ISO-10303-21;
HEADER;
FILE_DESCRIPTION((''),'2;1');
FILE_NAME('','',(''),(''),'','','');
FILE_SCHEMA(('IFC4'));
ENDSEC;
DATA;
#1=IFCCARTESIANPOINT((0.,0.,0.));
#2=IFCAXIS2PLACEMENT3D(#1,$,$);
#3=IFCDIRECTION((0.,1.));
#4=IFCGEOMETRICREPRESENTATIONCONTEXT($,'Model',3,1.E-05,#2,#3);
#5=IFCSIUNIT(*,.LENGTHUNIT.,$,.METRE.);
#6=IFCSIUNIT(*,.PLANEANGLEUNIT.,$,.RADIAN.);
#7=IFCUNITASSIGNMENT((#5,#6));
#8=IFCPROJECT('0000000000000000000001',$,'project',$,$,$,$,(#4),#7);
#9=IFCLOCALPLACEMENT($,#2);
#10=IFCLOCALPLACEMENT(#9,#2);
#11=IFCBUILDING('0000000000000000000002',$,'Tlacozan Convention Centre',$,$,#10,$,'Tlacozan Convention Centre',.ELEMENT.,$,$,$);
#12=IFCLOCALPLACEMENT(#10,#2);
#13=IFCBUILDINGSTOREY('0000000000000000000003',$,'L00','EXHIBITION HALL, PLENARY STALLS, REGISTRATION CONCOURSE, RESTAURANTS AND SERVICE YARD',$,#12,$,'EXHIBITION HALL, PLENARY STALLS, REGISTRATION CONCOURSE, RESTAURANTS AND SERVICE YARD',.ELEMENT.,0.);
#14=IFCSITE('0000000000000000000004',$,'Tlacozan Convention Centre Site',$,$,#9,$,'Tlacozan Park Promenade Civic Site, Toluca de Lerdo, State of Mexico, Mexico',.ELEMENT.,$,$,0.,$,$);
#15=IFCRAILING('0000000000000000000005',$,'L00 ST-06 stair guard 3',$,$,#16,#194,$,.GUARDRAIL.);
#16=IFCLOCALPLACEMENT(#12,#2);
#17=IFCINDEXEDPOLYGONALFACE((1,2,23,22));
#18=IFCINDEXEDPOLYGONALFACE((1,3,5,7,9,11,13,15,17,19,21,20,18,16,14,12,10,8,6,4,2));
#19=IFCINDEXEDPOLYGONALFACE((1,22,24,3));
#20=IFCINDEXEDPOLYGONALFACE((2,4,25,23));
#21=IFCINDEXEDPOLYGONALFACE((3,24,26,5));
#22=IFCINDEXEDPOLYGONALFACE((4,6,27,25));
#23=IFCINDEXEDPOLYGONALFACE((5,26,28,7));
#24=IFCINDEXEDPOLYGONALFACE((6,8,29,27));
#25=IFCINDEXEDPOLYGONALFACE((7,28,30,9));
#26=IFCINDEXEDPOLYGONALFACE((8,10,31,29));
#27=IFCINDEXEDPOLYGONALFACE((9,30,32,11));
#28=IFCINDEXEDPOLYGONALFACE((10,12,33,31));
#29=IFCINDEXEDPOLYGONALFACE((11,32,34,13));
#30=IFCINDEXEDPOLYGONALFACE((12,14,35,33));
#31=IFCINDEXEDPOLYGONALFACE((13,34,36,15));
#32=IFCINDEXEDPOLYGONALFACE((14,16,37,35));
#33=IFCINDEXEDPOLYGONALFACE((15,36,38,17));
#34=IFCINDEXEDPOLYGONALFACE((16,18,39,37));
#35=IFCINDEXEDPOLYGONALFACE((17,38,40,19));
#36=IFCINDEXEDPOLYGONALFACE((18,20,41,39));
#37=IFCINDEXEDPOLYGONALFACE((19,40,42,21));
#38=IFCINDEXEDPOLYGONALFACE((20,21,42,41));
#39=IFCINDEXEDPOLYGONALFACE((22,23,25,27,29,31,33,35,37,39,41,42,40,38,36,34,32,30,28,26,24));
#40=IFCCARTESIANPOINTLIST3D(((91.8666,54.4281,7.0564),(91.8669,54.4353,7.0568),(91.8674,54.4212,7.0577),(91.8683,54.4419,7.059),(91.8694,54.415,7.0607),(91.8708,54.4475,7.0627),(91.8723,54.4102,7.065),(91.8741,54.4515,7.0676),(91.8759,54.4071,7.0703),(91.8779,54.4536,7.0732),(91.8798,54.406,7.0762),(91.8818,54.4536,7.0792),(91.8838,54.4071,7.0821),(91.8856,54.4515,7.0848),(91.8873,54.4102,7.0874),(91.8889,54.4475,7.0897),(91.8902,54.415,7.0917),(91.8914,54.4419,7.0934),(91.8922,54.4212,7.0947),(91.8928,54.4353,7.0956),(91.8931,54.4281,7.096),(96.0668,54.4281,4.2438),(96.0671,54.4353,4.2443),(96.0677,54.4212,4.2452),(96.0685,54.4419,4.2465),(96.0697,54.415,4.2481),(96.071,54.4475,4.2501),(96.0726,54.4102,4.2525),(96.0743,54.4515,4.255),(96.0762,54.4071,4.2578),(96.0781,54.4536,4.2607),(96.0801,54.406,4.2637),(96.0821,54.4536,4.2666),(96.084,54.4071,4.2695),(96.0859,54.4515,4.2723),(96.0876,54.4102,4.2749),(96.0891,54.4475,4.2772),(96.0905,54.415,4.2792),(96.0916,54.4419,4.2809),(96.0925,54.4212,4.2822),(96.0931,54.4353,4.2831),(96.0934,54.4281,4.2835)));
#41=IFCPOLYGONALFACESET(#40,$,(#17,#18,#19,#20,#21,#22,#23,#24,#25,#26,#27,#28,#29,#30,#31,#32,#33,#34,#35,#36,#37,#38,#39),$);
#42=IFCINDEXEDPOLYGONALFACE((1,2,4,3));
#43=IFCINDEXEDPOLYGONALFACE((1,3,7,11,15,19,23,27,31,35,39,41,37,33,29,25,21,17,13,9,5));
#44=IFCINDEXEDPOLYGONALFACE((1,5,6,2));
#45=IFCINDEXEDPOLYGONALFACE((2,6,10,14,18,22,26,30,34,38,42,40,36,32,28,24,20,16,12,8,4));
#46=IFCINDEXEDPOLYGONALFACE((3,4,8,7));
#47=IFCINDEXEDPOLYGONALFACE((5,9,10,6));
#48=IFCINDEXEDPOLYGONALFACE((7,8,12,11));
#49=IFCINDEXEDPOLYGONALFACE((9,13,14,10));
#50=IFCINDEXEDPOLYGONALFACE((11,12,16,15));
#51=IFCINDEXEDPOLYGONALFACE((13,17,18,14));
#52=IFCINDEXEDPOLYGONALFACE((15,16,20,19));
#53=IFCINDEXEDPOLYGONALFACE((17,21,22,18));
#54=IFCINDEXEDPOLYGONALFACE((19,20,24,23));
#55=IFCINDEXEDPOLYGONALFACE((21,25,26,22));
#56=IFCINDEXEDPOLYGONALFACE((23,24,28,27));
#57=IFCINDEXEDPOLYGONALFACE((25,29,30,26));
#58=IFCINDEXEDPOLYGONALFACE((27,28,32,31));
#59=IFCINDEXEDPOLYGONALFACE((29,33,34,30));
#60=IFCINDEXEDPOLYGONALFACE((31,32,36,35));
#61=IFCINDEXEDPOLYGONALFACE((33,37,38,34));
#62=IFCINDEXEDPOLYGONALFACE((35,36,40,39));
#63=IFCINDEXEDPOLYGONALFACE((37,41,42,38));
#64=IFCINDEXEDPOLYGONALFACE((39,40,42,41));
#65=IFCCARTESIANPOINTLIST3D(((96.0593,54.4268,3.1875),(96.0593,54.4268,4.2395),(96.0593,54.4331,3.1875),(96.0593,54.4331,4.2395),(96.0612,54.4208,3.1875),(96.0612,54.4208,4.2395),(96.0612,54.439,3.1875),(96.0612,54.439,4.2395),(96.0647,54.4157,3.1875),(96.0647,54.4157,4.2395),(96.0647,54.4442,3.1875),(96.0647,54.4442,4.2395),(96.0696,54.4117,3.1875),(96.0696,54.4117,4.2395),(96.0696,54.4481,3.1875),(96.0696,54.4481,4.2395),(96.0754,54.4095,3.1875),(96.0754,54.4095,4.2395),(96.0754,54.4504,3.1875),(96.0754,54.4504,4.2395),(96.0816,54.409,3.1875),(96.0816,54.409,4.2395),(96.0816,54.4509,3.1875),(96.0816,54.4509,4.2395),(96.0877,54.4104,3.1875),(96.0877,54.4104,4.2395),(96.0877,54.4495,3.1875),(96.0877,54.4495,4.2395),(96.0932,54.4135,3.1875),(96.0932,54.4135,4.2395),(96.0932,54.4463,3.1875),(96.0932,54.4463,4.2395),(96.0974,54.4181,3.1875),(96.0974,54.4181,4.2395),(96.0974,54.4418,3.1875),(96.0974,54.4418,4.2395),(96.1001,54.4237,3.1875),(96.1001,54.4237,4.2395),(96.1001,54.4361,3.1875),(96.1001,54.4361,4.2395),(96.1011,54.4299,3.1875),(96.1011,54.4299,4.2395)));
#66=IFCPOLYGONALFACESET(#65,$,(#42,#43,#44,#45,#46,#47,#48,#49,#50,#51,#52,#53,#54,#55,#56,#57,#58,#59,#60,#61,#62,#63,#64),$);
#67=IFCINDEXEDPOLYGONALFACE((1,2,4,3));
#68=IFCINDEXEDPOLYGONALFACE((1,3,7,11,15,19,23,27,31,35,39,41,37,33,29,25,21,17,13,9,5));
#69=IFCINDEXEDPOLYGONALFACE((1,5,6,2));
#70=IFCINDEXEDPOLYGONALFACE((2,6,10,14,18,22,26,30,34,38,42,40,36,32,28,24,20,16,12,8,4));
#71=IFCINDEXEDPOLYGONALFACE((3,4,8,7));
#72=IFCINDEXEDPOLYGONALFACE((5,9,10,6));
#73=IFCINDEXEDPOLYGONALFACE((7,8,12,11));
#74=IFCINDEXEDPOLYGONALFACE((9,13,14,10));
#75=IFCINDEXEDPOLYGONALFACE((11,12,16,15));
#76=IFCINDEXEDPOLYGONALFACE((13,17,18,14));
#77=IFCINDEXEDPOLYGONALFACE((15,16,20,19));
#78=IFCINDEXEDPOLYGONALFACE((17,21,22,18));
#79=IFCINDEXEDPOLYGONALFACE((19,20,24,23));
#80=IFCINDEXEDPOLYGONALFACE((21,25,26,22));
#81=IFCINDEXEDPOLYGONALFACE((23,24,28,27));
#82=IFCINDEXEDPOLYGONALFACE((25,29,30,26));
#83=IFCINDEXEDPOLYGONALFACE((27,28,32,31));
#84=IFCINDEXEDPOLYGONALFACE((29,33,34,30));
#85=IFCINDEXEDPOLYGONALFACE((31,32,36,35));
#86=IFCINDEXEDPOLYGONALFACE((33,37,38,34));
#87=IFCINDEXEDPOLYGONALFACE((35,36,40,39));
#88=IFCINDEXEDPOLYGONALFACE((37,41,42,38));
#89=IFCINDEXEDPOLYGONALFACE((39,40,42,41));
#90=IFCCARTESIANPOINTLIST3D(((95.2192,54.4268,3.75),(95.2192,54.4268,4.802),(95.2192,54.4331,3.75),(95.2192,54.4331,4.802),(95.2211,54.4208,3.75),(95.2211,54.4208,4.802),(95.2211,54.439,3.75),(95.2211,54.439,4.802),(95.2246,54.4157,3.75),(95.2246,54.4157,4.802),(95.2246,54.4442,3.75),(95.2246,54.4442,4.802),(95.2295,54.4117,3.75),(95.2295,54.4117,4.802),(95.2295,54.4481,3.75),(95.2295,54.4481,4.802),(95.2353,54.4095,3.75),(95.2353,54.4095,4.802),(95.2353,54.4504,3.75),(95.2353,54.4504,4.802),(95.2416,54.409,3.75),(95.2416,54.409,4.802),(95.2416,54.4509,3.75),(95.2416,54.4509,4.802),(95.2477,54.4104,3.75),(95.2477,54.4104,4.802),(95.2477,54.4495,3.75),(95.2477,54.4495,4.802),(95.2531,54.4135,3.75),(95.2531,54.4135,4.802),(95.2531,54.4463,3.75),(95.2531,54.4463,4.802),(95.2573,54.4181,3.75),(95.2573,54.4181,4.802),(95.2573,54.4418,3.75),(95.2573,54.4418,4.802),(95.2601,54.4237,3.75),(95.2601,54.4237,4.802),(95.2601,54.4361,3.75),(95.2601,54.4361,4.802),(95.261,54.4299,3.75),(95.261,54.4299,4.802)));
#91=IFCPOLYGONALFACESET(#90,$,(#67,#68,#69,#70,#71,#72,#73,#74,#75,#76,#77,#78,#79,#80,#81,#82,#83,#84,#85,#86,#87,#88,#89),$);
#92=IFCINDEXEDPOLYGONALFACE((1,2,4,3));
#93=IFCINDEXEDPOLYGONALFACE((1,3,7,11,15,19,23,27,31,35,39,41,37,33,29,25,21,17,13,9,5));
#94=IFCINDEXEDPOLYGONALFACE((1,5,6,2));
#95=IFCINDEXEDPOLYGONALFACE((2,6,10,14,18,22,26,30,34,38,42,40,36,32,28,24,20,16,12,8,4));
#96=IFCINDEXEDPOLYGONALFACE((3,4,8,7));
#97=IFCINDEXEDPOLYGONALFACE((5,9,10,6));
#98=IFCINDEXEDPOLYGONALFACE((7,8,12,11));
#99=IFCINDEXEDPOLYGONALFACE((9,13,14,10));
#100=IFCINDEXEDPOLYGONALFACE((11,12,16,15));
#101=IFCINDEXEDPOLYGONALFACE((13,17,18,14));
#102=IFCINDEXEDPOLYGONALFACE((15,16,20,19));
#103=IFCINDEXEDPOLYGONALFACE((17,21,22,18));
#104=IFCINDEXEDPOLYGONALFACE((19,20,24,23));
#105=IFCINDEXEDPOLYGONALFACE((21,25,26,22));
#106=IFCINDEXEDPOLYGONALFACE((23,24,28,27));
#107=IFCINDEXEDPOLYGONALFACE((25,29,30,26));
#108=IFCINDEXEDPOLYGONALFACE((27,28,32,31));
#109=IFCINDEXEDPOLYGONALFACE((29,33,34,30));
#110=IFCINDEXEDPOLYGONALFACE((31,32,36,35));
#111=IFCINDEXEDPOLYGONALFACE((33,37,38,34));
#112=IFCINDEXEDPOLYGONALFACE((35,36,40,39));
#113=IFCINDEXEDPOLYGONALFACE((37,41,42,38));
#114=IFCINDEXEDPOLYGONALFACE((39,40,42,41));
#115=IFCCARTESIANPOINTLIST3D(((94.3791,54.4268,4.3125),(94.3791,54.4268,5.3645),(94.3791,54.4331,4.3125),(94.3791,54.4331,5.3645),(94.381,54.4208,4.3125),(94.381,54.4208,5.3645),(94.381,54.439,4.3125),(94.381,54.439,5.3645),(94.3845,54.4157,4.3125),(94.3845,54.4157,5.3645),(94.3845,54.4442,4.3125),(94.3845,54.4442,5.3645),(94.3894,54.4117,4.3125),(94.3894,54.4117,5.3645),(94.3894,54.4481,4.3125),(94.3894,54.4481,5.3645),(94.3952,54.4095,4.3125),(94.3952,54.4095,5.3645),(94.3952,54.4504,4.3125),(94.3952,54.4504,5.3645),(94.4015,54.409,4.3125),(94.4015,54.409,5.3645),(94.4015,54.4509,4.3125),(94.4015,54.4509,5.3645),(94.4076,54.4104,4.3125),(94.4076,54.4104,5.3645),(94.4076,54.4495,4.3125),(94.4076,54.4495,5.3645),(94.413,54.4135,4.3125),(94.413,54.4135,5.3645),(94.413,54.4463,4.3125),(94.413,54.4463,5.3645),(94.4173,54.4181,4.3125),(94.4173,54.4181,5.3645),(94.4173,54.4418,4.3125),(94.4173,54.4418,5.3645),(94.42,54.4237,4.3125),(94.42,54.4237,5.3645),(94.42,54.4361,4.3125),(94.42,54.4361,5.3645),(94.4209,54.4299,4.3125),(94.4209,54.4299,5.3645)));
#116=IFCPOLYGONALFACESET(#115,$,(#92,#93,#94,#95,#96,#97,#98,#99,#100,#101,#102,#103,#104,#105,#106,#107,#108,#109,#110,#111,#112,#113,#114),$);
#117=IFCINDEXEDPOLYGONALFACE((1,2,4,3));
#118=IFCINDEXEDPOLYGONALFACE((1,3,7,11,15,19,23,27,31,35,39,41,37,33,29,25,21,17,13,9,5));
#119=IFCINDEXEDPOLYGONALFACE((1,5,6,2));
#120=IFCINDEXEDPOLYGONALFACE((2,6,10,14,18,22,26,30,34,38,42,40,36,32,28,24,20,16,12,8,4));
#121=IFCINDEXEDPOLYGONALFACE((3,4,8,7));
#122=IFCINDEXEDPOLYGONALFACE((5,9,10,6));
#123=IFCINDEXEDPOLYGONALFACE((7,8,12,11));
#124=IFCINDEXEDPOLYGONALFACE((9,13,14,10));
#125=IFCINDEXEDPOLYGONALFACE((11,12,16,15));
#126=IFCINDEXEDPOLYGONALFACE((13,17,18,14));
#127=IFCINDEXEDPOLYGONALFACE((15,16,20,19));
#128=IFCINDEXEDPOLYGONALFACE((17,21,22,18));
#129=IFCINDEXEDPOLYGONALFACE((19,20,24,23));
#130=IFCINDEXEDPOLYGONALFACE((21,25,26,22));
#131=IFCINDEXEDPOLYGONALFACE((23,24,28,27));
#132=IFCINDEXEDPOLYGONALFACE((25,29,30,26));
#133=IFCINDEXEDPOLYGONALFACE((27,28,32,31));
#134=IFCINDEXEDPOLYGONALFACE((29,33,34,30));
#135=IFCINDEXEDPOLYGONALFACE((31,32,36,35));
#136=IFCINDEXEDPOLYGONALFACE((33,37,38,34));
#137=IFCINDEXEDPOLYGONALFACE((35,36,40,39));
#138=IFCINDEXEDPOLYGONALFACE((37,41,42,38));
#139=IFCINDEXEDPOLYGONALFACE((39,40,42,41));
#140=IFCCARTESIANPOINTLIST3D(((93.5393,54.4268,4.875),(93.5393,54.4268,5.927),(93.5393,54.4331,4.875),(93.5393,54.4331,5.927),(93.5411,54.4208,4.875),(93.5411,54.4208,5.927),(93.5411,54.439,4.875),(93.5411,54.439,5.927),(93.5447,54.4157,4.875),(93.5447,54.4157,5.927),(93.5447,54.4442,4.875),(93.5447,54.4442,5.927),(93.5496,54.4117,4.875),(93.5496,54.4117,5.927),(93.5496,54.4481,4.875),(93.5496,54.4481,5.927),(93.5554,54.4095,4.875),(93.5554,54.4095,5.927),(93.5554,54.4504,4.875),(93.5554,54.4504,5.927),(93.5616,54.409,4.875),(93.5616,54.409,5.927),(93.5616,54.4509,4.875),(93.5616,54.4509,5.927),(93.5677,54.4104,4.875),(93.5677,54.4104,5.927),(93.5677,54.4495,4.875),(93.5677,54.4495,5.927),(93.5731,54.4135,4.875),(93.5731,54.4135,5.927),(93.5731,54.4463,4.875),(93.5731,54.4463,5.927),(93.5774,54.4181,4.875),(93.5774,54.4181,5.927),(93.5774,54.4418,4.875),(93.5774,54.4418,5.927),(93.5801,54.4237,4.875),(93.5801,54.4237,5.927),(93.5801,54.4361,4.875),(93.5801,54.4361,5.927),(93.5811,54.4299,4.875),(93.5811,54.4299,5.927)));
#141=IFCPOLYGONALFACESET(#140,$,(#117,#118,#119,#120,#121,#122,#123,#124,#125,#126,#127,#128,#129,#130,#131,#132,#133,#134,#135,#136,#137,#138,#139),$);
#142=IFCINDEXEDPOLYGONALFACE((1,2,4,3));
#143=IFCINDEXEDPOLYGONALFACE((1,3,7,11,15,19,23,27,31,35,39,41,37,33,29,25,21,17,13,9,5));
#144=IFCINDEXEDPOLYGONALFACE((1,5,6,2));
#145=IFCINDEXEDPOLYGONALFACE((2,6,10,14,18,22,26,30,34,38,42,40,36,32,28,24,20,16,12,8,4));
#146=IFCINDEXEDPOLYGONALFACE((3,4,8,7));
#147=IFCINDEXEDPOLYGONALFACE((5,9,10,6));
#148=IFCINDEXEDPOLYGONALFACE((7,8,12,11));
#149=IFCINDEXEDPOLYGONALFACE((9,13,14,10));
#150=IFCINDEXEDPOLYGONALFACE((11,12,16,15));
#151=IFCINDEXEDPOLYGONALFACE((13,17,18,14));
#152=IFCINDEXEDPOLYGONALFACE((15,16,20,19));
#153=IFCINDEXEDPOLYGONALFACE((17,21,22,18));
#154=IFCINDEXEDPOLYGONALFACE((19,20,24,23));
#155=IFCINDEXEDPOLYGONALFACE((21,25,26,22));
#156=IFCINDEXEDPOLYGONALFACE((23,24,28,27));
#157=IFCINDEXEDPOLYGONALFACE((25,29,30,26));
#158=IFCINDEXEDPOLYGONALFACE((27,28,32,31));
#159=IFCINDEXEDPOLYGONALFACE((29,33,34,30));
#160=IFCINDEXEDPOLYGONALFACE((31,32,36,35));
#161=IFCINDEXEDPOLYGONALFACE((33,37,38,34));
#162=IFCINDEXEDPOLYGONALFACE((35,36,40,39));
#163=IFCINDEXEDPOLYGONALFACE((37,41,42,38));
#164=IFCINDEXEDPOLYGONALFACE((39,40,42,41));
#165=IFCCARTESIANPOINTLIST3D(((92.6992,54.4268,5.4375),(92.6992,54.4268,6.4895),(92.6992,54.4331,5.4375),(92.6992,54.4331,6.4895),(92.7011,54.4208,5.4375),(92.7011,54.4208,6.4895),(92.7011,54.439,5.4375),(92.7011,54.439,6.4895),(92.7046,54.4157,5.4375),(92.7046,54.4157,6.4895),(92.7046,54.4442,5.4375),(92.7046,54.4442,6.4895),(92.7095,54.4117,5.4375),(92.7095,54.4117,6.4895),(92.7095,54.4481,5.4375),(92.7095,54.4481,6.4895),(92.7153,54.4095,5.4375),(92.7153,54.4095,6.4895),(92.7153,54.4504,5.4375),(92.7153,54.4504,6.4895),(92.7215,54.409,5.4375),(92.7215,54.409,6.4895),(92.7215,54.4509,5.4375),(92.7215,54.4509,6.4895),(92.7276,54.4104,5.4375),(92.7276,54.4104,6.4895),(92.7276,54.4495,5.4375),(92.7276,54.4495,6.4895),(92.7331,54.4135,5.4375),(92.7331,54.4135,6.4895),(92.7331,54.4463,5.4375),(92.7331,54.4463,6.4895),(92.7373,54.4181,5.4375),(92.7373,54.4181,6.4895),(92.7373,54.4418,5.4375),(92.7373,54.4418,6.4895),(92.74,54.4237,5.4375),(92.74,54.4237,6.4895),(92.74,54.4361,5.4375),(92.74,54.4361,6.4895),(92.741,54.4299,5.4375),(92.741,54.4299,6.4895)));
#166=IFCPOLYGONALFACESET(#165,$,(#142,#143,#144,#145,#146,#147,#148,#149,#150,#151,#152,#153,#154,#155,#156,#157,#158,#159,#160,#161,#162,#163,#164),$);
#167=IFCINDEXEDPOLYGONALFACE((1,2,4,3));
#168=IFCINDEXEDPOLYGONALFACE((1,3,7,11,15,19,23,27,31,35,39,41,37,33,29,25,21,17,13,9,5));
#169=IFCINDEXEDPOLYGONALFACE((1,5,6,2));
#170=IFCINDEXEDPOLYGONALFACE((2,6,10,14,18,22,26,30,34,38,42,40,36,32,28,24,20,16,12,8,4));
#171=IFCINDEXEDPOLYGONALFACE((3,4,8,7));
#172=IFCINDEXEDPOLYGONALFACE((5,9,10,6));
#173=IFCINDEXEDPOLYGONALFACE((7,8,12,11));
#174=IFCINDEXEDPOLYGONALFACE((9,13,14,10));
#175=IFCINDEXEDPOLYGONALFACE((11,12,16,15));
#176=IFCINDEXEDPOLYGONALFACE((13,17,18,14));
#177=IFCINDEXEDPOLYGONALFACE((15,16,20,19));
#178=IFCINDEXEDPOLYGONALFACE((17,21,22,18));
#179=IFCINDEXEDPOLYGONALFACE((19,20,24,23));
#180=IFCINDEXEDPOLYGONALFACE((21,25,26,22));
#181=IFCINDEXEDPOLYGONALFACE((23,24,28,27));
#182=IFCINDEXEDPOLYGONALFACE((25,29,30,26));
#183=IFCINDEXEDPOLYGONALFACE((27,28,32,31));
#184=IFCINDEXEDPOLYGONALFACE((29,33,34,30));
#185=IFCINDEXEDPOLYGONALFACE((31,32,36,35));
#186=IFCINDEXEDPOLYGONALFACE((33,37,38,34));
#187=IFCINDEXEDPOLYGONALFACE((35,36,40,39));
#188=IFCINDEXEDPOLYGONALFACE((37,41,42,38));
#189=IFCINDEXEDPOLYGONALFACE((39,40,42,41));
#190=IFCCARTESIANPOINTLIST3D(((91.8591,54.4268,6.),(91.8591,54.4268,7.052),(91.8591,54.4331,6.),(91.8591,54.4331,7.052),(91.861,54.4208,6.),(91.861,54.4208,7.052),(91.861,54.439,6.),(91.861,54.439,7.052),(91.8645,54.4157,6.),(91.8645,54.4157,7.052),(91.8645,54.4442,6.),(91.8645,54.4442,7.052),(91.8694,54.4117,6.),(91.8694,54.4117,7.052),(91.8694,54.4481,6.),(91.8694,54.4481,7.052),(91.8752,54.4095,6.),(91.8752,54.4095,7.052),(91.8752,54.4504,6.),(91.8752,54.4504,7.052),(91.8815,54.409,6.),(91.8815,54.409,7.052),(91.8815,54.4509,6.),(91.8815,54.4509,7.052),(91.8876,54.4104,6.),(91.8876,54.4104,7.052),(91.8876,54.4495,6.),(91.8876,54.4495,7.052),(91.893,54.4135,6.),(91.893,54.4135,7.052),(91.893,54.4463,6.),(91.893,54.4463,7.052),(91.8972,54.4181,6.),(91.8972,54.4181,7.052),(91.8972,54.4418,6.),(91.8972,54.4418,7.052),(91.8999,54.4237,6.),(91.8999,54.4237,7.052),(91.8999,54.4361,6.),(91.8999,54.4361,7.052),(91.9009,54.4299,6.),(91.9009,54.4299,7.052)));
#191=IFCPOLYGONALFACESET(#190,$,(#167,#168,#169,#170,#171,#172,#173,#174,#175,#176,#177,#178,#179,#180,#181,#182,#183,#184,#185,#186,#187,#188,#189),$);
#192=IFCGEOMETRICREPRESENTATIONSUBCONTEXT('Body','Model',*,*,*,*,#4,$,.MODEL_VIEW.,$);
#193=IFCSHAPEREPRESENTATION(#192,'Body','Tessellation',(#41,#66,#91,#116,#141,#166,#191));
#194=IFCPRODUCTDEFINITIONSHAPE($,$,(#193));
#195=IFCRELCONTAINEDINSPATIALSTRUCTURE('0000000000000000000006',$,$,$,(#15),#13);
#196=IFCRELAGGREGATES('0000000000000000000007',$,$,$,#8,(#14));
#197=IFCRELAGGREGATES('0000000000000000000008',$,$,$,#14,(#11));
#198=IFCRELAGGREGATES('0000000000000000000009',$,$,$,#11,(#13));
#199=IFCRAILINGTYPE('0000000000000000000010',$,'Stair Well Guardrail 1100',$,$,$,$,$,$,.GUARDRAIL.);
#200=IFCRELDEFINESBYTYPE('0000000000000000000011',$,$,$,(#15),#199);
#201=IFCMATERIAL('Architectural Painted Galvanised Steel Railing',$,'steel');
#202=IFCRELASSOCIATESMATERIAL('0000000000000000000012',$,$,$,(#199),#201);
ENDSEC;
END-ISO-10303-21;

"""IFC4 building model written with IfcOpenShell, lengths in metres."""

from ifc_helpers import new_model, si_unit, direction, frame, origin, origin_2d, place, context, subcontext, project, spatial, circle, extrude, material, type_object, element, save


model = new_model("IFC4")

# Units and contexts
model_context = context("Model", 3, precision=1e-05, world=origin(), true_north=direction((0.0, 1.0)))
body_context = subcontext(model_context, "Body", "Model", "MODEL_VIEW")
ifc_project = project(units=[si_unit("LENGTHUNIT", "METRE"), si_unit("PLANEANGLEUNIT", "RADIAN")], contexts=[model_context])

# Site, building, storey
site_placement = place(None, origin())
site = spatial("IfcSite", under=ifc_project, at=site_placement, Name="Tlacozan Convention Centre Site", LongName="Tlacozan Park Promenade Civic Site, Toluca de Lerdo, State of Mexico, Mexico", CompositionType="ELEMENT", RefElevation=0.0)
building_placement = place(site_placement, origin())
building = spatial("IfcBuilding", under=site, at=building_placement, Name="Tlacozan Convention Centre", LongName="Tlacozan Convention Centre", CompositionType="ELEMENT")
storey_placement = place(building_placement, origin())
storey = spatial("IfcBuildingStorey", under=building, at=storey_placement, Name="L00", Description="EXHIBITION HALL, PLENARY STALLS, REGISTRATION CONCOURSE, RESTAURANTS AND SERVICE YARD", LongName="EXHIBITION HALL, PLENARY STALLS, REGISTRATION CONCOURSE, RESTAURANTS AND SERVICE YARD", CompositionType="ELEMENT", Elevation=0.0)

# Railing
ifc_material_1 = material(Name="Architectural Painted Galvanised Steel Railing", Category="steel")
railing_type_1 = type_object("IfcRailingType", Name="Stair Well Guardrail 1100", PredefinedType="GUARDRAIL", material=ifc_material_1)
railing_1_placement = place(storey_placement, frame((96.0801, 54.4299, 3.1875)))
element("IfcRailing", 1, at=railing_1_placement, inside=storey, type_object=railing_type_1, Name="L00 ST-06 stair guard 3", PredefinedType="GUARDRAIL", context=body_context, shape_type="SweptSolid", body=[
    extrude(circle(Radius=0.0239, at=origin_2d()), frame((0.0, 0.0, 1.0762), z_axis=(-0.830919, 0.0, 0.556393), x_axis=(0.0, -1.0, 0.0)), (0.0, 0.0, 1.0), 5.0549),
    extrude(circle(Radius=0.021, at=origin_2d()), origin(), (0.0, 0.0, 1.0), 1.052),
    extrude(circle(Radius=0.021, at=origin_2d()), frame((-0.8401, 0.0, 0.5625)), (0.0, 0.0, 1.0), 1.052),
    extrude(circle(Radius=0.021, at=origin_2d()), frame((-1.6802, 0.0, 1.125)), (0.0, 0.0, 1.0), 1.052),
    extrude(circle(Radius=0.021, at=origin_2d()), frame((-2.52, 0.0, 1.6875)), (0.0, 0.0, 1.0), 1.052),
    extrude(circle(Radius=0.021, at=origin_2d()), frame((-3.3601, 0.0, 2.25)), (0.0, 0.0, 1.0), 1.052),
    extrude(circle(Radius=0.021, at=origin_2d()), frame((-4.2002, 0.0, 2.8125)), (0.0, 0.0, 1.0), 1.052),
])

save(model, "model.ifc")
